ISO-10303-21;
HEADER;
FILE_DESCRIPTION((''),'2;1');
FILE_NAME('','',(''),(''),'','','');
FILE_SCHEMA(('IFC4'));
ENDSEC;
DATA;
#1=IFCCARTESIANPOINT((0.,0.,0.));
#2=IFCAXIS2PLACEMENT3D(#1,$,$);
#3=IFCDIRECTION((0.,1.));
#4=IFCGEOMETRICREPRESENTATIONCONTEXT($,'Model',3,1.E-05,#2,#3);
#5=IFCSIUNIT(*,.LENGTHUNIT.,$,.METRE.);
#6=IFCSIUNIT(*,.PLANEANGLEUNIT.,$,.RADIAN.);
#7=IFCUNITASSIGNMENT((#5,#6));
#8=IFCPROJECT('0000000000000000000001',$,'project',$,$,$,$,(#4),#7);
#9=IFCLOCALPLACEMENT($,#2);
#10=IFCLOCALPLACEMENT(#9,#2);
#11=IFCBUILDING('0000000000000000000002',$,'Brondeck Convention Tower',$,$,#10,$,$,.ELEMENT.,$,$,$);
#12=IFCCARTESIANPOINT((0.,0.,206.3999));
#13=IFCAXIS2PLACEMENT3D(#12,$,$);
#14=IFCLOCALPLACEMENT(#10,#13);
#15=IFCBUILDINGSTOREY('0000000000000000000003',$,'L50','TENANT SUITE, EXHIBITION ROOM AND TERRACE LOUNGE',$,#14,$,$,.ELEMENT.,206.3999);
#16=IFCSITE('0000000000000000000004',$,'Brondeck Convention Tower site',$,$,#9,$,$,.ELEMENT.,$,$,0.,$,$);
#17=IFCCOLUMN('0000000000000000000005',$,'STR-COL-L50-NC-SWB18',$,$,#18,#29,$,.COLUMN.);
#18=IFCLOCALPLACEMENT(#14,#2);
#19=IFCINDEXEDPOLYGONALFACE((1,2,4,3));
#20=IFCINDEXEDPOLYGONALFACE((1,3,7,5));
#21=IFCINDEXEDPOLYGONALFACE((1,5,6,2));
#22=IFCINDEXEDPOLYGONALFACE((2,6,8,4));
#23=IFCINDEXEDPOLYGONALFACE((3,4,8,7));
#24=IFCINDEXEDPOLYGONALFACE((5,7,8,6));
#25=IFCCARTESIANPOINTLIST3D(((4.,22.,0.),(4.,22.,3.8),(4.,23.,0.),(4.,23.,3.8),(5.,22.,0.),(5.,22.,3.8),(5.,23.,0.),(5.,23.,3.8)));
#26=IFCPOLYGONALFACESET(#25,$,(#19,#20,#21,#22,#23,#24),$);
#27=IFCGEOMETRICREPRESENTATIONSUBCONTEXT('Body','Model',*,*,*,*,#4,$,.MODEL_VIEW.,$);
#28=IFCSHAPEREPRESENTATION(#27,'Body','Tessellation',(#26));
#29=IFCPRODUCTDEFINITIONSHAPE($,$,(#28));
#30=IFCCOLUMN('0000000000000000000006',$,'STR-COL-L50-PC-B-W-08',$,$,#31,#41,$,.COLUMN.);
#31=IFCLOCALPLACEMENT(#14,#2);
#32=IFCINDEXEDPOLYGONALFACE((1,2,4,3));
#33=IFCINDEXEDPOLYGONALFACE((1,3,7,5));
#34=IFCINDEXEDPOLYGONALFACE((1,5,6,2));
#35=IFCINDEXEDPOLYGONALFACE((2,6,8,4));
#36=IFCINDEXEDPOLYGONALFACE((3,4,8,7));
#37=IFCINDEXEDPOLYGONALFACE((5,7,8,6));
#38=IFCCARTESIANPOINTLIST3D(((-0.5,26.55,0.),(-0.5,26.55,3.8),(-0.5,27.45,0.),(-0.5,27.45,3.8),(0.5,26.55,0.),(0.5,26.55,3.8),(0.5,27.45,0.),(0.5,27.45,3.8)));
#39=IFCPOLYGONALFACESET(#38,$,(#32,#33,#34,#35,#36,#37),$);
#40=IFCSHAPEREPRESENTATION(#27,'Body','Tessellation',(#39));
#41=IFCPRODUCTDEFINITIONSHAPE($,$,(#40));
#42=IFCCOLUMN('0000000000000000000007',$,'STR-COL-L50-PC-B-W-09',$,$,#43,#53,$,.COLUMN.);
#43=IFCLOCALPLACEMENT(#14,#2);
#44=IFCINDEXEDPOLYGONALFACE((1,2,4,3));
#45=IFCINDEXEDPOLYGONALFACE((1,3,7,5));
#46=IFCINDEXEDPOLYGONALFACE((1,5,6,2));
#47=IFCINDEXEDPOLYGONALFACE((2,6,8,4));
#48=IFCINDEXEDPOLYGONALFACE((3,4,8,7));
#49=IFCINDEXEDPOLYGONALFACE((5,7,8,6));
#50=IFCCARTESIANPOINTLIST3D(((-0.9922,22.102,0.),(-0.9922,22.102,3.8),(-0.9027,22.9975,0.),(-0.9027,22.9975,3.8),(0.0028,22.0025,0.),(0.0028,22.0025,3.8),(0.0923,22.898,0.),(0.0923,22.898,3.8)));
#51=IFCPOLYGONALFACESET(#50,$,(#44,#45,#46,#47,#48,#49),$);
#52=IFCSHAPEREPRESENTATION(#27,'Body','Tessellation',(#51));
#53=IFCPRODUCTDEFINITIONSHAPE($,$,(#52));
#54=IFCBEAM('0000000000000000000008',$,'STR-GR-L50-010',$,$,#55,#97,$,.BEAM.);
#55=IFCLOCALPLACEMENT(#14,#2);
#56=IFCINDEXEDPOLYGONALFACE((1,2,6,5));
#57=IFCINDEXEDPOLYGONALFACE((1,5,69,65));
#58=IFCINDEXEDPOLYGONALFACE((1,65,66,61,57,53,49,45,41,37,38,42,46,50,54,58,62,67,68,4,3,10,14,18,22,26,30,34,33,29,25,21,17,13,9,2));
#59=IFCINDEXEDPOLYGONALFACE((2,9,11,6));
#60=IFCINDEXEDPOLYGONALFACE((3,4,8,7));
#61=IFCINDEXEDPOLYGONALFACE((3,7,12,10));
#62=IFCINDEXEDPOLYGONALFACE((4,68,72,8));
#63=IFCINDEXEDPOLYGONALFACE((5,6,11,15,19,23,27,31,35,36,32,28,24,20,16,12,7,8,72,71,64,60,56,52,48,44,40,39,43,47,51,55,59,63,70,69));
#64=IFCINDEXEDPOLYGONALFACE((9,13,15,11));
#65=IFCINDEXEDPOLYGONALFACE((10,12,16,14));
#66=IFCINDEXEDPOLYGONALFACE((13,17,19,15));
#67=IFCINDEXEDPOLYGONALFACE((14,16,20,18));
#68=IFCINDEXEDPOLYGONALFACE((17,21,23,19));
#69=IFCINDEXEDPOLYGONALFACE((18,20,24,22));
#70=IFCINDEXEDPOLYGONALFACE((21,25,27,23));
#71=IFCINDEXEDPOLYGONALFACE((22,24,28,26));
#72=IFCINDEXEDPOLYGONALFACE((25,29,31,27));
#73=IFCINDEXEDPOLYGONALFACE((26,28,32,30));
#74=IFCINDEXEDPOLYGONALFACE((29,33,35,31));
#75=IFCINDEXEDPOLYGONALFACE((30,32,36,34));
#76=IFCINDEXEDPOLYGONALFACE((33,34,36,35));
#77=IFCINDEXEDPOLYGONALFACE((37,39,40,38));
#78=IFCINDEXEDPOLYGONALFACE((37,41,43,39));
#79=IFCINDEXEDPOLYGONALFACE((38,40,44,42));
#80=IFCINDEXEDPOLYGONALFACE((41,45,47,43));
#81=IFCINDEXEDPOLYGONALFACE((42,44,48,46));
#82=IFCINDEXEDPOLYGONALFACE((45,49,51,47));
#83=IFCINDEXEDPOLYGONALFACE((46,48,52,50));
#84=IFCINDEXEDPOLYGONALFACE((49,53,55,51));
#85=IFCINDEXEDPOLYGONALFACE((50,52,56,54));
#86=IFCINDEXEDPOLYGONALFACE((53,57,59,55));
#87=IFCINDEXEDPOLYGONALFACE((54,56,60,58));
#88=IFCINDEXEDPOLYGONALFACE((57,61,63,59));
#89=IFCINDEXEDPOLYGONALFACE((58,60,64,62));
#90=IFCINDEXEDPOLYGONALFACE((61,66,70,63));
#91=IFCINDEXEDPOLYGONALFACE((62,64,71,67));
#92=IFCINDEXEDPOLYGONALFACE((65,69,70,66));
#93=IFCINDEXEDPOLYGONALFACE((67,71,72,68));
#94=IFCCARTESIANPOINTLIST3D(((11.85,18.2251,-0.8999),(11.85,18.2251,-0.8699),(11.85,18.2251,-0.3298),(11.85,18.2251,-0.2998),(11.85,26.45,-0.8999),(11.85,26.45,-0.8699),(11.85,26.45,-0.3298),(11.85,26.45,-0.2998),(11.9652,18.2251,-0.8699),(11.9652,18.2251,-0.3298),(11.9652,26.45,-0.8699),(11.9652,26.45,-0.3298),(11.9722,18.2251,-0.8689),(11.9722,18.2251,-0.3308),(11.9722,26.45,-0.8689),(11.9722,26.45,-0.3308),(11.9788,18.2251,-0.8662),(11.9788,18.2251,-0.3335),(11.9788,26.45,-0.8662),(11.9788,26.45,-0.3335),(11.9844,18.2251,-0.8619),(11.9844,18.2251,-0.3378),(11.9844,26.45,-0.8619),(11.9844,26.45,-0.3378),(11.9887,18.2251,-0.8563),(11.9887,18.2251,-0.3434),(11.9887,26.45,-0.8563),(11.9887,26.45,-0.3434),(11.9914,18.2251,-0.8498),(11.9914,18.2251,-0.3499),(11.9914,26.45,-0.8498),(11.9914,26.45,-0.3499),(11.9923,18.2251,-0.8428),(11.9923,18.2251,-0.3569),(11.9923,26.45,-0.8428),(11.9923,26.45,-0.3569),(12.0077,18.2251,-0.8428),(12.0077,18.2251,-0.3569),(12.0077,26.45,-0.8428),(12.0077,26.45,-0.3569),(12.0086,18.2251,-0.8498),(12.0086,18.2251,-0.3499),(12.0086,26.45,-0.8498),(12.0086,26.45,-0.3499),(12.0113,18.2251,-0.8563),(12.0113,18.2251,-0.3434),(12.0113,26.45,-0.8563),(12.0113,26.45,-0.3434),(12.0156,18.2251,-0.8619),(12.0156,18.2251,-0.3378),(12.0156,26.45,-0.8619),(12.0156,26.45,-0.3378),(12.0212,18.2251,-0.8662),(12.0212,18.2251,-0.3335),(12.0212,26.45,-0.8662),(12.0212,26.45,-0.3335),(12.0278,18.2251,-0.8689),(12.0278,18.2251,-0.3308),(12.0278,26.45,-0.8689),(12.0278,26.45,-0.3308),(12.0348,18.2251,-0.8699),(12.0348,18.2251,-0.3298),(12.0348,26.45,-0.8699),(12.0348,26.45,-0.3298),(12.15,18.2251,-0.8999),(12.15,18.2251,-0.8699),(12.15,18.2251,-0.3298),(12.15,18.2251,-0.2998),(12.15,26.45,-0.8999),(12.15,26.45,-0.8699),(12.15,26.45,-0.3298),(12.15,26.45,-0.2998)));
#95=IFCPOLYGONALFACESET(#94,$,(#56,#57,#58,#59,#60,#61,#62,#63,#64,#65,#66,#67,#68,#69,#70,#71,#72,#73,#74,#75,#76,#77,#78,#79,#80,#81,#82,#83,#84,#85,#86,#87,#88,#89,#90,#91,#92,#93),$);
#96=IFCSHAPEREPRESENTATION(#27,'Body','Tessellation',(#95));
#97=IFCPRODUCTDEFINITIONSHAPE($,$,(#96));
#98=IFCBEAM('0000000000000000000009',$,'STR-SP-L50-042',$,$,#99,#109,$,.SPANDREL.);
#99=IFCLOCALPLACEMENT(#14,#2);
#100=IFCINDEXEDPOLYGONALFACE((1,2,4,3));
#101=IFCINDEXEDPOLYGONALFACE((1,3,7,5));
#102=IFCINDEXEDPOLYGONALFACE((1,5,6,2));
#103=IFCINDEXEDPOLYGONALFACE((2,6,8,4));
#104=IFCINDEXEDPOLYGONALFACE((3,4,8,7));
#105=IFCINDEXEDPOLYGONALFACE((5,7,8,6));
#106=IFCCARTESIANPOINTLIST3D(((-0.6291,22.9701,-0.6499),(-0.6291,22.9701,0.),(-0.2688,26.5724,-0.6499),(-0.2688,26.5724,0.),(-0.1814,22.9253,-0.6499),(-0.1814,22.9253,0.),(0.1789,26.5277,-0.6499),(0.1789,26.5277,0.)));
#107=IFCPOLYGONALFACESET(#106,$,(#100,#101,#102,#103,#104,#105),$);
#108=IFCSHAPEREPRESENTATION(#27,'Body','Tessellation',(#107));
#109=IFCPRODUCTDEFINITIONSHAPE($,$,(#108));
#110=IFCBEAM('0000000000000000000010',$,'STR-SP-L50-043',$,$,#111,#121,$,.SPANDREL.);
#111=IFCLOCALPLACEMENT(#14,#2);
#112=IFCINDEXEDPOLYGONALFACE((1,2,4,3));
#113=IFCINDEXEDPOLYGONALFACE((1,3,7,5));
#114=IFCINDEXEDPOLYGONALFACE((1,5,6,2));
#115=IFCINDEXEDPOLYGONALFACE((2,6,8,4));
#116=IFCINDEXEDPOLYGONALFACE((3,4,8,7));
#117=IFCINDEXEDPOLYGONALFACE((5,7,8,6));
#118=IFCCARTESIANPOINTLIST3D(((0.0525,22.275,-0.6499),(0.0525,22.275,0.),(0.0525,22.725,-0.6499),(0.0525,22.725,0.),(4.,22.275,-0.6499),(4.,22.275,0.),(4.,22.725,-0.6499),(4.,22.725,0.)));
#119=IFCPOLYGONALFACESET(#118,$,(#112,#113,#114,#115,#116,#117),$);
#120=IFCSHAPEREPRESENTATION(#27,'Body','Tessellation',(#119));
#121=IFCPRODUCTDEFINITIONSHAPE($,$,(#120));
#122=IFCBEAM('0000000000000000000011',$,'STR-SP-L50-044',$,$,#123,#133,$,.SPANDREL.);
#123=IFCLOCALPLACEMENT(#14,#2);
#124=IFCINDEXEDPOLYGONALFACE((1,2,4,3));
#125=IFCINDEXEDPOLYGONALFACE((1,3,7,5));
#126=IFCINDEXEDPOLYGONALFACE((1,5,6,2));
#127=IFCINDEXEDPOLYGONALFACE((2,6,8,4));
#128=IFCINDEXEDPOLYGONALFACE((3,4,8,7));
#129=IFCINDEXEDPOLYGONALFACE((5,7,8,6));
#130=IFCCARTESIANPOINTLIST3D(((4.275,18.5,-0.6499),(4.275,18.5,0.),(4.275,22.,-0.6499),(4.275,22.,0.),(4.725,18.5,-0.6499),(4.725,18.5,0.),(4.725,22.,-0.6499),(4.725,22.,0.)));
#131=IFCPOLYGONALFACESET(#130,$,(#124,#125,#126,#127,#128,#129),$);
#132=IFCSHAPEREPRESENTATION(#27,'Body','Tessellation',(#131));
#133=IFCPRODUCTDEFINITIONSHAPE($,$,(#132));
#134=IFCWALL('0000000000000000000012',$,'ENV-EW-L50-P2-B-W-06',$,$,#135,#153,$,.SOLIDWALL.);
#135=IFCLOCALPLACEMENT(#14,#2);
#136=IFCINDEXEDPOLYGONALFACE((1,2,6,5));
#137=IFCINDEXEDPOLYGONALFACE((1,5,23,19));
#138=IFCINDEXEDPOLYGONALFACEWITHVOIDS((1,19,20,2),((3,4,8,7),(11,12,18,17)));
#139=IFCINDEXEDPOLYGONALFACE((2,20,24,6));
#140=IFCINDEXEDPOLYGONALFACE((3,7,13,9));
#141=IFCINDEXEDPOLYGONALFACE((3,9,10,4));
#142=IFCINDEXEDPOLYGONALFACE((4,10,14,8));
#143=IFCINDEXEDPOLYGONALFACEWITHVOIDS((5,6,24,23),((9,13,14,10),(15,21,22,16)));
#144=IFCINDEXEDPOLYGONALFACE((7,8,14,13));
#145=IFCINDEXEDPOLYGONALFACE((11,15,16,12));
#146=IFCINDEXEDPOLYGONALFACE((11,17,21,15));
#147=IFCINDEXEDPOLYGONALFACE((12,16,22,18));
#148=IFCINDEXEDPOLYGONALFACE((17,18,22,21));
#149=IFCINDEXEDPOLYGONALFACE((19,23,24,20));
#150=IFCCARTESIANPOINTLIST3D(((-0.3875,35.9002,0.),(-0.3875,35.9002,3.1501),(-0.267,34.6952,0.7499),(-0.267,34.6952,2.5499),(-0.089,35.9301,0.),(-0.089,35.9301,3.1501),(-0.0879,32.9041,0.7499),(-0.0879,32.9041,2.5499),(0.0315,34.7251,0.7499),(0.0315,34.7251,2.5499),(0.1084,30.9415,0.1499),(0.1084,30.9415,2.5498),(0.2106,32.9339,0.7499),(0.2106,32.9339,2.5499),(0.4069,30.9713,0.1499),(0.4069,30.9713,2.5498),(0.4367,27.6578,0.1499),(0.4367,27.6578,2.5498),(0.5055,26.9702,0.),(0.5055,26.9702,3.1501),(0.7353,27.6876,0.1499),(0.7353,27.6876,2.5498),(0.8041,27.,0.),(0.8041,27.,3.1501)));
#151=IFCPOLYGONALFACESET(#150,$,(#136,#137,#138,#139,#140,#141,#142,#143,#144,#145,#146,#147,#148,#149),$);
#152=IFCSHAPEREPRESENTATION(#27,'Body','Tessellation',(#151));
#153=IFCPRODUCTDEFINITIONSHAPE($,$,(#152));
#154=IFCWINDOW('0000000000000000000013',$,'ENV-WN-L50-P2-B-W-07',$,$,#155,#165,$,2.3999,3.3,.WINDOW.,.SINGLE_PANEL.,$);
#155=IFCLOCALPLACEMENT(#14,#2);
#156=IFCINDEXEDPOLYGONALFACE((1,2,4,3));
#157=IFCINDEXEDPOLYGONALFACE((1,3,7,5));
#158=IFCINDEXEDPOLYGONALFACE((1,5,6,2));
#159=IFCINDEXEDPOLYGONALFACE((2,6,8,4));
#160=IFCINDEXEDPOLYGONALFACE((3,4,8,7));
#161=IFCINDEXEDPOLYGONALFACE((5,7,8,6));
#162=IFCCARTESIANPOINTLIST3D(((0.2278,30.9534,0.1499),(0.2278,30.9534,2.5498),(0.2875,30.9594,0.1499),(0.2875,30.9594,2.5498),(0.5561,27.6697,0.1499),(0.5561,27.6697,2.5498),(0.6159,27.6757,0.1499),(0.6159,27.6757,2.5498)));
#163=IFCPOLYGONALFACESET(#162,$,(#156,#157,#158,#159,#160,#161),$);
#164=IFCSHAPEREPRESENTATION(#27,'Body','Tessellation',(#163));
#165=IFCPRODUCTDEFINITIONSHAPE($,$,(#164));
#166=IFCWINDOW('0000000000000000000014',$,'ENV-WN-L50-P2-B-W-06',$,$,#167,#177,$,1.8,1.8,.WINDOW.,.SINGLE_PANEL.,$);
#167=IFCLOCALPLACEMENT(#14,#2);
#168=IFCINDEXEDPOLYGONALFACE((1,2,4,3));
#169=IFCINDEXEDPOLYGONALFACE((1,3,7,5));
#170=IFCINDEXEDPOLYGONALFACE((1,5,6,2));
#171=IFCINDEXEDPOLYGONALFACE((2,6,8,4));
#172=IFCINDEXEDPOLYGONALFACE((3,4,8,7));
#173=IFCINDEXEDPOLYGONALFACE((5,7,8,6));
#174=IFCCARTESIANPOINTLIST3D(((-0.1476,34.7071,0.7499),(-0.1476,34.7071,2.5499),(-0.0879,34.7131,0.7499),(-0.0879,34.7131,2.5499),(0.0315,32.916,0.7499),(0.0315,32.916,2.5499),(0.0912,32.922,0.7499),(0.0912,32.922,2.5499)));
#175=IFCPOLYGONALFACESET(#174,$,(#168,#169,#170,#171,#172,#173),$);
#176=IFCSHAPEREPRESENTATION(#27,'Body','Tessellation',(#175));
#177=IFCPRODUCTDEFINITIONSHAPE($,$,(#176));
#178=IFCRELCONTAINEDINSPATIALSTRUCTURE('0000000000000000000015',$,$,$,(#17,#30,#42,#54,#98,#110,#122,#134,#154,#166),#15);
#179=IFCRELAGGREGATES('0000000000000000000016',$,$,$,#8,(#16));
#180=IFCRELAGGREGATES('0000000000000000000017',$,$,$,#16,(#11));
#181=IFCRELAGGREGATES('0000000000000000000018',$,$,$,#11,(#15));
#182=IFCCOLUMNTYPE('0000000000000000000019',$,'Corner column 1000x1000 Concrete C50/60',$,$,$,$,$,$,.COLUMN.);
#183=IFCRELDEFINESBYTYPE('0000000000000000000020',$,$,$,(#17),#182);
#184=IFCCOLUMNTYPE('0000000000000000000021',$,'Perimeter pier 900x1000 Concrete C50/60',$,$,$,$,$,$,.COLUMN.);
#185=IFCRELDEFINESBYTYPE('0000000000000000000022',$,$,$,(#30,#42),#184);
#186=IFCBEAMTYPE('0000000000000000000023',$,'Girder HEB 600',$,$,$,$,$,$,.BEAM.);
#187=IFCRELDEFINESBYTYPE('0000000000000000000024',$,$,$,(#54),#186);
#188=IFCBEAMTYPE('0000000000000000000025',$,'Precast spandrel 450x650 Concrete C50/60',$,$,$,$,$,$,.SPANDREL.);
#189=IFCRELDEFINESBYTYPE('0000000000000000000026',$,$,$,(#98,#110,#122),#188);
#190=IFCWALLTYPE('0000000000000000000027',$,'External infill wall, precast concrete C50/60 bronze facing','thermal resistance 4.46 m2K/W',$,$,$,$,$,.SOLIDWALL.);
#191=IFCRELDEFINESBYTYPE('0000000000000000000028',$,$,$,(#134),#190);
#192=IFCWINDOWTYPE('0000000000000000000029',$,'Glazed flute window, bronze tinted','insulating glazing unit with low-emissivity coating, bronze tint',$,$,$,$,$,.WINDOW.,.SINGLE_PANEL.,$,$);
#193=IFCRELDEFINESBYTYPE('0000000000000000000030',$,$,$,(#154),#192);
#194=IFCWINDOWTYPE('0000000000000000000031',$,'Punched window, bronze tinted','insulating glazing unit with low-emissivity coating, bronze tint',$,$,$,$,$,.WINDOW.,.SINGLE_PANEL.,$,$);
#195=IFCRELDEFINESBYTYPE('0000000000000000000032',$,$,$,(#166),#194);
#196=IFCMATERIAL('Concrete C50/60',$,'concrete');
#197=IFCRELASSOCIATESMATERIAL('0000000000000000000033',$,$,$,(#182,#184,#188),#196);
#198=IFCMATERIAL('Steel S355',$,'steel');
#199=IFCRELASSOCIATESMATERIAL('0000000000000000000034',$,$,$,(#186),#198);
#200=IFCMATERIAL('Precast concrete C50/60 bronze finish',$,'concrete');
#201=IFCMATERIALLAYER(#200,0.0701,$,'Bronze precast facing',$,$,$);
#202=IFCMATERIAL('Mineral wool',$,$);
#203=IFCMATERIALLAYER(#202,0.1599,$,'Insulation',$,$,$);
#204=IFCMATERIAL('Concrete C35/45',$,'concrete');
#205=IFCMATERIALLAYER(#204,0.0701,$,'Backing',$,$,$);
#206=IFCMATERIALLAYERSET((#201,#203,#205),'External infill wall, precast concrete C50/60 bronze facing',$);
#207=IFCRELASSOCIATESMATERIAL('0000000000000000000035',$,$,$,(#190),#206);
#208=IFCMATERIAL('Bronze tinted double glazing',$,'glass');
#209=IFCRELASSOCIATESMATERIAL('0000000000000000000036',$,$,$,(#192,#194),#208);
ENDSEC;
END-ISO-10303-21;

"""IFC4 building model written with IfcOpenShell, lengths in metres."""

from ifc_helpers import new_model, si_unit, direction, frame, frame_2d, origin, origin_2d, place, context, subcontext, project, spatial, rectangle, i_section, extrude, material, layer, layer_set, material_profile, profile_set, type_object, element, fill, save


model = new_model("IFC4")

# Units and contexts
model_context = context("Model", 3, precision=1e-05, world=origin(), true_north=direction((0.0, 1.0)))
body_context = subcontext(model_context, "Body", "Model", "MODEL_VIEW")
ifc_project = project(units=[si_unit("LENGTHUNIT", "METRE"), si_unit("PLANEANGLEUNIT", "RADIAN")], contexts=[model_context])

# Site, building, storey
site_placement = place(None, origin())
site = spatial("IfcSite", under=ifc_project, at=site_placement, Name="Brondeck Convention Tower site", CompositionType="ELEMENT", RefElevation=0.0)
building_placement = place(site_placement, origin())
building = spatial("IfcBuilding", under=site, at=building_placement, Name="Brondeck Convention Tower", CompositionType="ELEMENT")
storey_placement = place(building_placement, frame((0.0, 0.0, 206.3999)))
storey = spatial("IfcBuildingStorey", under=building, at=storey_placement, Name="L50", Description="TENANT SUITE, EXHIBITION ROOM AND TERRACE LOUNGE", CompositionType="ELEMENT", Elevation=206.3999)

# Columns
ifc_material_1 = material(Name="Concrete C50/60", Category="concrete")
ifc_material_profile_1 = material_profile(ifc_material_1, rectangle(XDim=1.0, YDim=1.0, at=origin_2d()), Name="Corner column 1000x1000 Concrete C50/60")
ifc_profile_set_1 = profile_set([ifc_material_profile_1], Name="Concrete C50/60")
column_type_1 = type_object("IfcColumnType", Name="Corner column 1000x1000 Concrete C50/60", PredefinedType="COLUMN", material=ifc_profile_set_1)
column_placement = place(storey_placement, frame((4.5, 22.5, 0.0), z_axis=(0.0, 0.0, 1.0), x_axis=(1.0, 0.0, 0.0)))
element("IfcColumn", 1, at=column_placement, inside=storey, type_object=column_type_1, Name="STR-COL-L50-NC-SWB18", PredefinedType="COLUMN", context=body_context, shape_type="SweptSolid", body=[
    extrude(rectangle(XDim=1.0, YDim=1.0, at=origin_2d()), origin(), (0.0, 0.0, 1.0), 3.8),
])
ifc_material_profile_2 = material_profile(ifc_material_1, rectangle(XDim=0.8999, YDim=1.0, at=origin_2d()), Name="Perimeter pier 900x1000 Concrete C50/60")
ifc_profile_set_2 = profile_set([ifc_material_profile_2], Name="Concrete C50/60")
column_type_2 = type_object("IfcColumnType", Name="Perimeter pier 900x1000 Concrete C50/60", PredefinedType="COLUMN", material=ifc_profile_set_2)
for number, where, z_axis, x_axis, name in (
    (2, (0.0, 27.0, 0.0), (0.0, 0.0, 1.0), (0.0, -1.0, 0.0), "STR-COL-L50-PC-B-W-08"),
    (3, (-0.45, 22.5, 0.0), (0.0, 0.0, 1.0), (-0.099504, -0.995037, 0.0), "STR-COL-L50-PC-B-W-09"),
):
    element("IfcColumn", number, at=place(storey_placement, frame(where, z_axis=z_axis, x_axis=x_axis)), inside=storey, type_object=column_type_2, Name=name, PredefinedType="COLUMN", context=body_context, shape_type="SweptSolid", body=[
        extrude(rectangle(XDim=0.8999, YDim=1.0, at=origin_2d()), origin(), (0.0, 0.0, 1.0), 3.8),
    ])

# Beams
ifc_material_2 = material(Name="Steel S355", Category="steel")
ifc_material_profile_3 = material_profile(ifc_material_2, i_section(OverallWidth=0.3, OverallDepth=0.6001, WebThickness=0.0154, FlangeThickness=0.03, FilletRadius=0.0271, at=origin_2d()), Name="HEB 600")
ifc_profile_set_3 = profile_set([ifc_material_profile_3], Name="Steel S355")
beam_type_1 = type_object("IfcBeamType", Name="Girder HEB 600", PredefinedType="BEAM", material=ifc_profile_set_3)
beam_1_placement = place(storey_placement, frame((12.0, 26.45, -0.5999), z_axis=(0.0, -1.0, 0.0), x_axis=(1.0, 0.0, 0.0)))
element("IfcBeam", 4, at=beam_1_placement, inside=storey, type_object=beam_type_1, Name="STR-GR-L50-010", PredefinedType="BEAM", context=body_context, shape_type="SweptSolid", body=[
    extrude(i_section(OverallWidth=0.3, OverallDepth=0.6001, WebThickness=0.0154, FlangeThickness=0.03, FilletRadius=0.0271, at=origin_2d()), origin(), (0.0, 0.0, 1.0), 8.2249),
])
ifc_material_profile_4 = material_profile(ifc_material_1, rectangle(XDim=0.45, YDim=0.6499, at=origin_2d()), Name="Precast spandrel 450x650 Concrete C50/60")
ifc_profile_set_4 = profile_set([ifc_material_profile_4], Name="Concrete C50/60")
beam_type_2 = type_object("IfcBeamType", Name="Precast spandrel 450x650 Concrete C50/60", PredefinedType="SPANDREL", material=ifc_profile_set_4)
beam_2_placement = place(storey_placement, frame((-0.0449, 26.55, -0.325), z_axis=(-0.099537, -0.995034, 0.0), x_axis=(0.995034, -0.099537, 0.0)))
element("IfcBeam", 5, at=beam_2_placement, inside=storey, type_object=beam_type_2, Name="STR-SP-L50-042", PredefinedType="SPANDREL", context=body_context, shape_type="SweptSolid", body=[
    extrude(rectangle(XDim=0.45, YDim=0.6499, at=origin_2d()), origin(), (0.0, 0.0, 1.0), 3.6204),
])
beam_3_placement = place(storey_placement, frame((0.0525, 22.5, -0.325), z_axis=(1.0, 0.0, 0.0), x_axis=(0.0, 1.0, 0.0)))
element("IfcBeam", 6, at=beam_3_placement, inside=storey, type_object=beam_type_2, Name="STR-SP-L50-043", PredefinedType="SPANDREL", context=body_context, shape_type="SweptSolid", body=[
    extrude(rectangle(XDim=0.45, YDim=0.6499, at=origin_2d()), origin(), (0.0, 0.0, 1.0), 3.9475),
])
beam_4_placement = place(storey_placement, frame((4.5, 22.0, -0.325), z_axis=(0.0, -1.0, 0.0), x_axis=(1.0, 0.0, 0.0)))
element("IfcBeam", 7, at=beam_4_placement, inside=storey, type_object=beam_type_2, Name="STR-SP-L50-044", PredefinedType="SPANDREL", context=body_context, shape_type="SweptSolid", body=[
    extrude(rectangle(XDim=0.45, YDim=0.6499, at=origin_2d()), origin(), (0.0, 0.0, 1.0), 3.5),
])

# Wall, openings, windows
ifc_material_3 = material(Name="Precast concrete C50/60 bronze finish", Category="concrete")
ifc_layer_1 = layer(ifc_material_3, 0.0701, Name="Bronze precast facing")
ifc_material_4 = material(Name="Mineral wool")
ifc_layer_2 = layer(ifc_material_4, 0.1599, Name="Insulation")
ifc_material_5 = material(Name="Concrete C35/45", Category="concrete")
ifc_layer_3 = layer(ifc_material_5, 0.0701, Name="Backing")
ifc_layer_set_1 = layer_set([ifc_layer_1, ifc_layer_2, ifc_layer_3], Name="External infill wall, precast concrete C50/60 bronze facing")
wall_type_1 = type_object("IfcWallType", Name="External infill wall, precast concrete C50/60 bronze facing", Description="thermal resistance 4.46 m2K/W", PredefinedType="SOLIDWALL", material=ifc_layer_set_1)
wall_1_placement = place(storey_placement, frame((0.6548, 26.9851, 0.0), z_axis=(0.0, 0.0, 1.0), x_axis=(-0.099509, 0.995037, 0.0)))
wall_1 = element("IfcWall", 8, at=wall_1_placement, inside=storey, type_object=wall_type_1, Name="ENV-EW-L50-P2-B-W-06", PredefinedType="SOLIDWALL", context=body_context, shape_type="SweptSolid", body=[
    extrude(rectangle(XDim=8.9746, YDim=0.3, at=frame_2d((4.4873, 0.0))), origin(), (0.0, 0.0, 1.0), 3.1501),
])
opening_1_placement = place(wall_1_placement, frame((0.6912, 0.0, 0.1499)))
opening_1 = element("IfcOpeningElement", 9, at=opening_1_placement, cuts=wall_1, PredefinedType="OPENING", context=body_context, shape_type="SweptSolid", body=[
    extrude(rectangle(XDim=3.3, YDim=2.3999, at=frame_2d((1.6499, 1.2))), frame((0.0, 0.1599, 0.0), z_axis=(0.0, -1.0, 0.0), x_axis=(1.0, 0.0, 0.0)), (0.0, 0.0, 1.0), 0.3201),
])
opening_2_placement = place(wall_1_placement, frame((5.9636, 0.0, 0.75)))
opening_2 = element("IfcOpeningElement", 10, at=opening_2_placement, cuts=wall_1, PredefinedType="OPENING", context=body_context, shape_type="SweptSolid", body=[
    extrude(rectangle(XDim=1.8, YDim=1.8, at=frame_2d((0.8999, 0.8999))), frame((0.0, 0.1599, 0.0), z_axis=(0.0, -1.0, 0.0), x_axis=(1.0, 0.0, 0.0)), (0.0, 0.0, 1.0), 0.3201),
])
ifc_material_6 = material(Name="Bronze tinted double glazing", Category="glass")
window_type_1 = type_object("IfcWindowType", Name="Glazed flute window, bronze tinted", Description="insulating glazing unit with low-emissivity coating, bronze tint", PartitioningType="SINGLE_PANEL", PredefinedType="WINDOW", material=ifc_material_6)
window_1_placement = place(opening_1_placement, origin())
window_1 = element("IfcWindow", 11, at=window_1_placement, inside=storey, type_object=window_type_1, Name="ENV-WN-L50-P2-B-W-07", OverallHeight=2.3999, OverallWidth=3.3, PartitioningType="SINGLE_PANEL", PredefinedType="WINDOW", context=body_context, shape_type="SweptSolid", body=[
    extrude(rectangle(XDim=3.3, YDim=2.3999, at=frame_2d((1.6499, 1.2))), frame((0.0, 0.03, 0.0), z_axis=(0.0, -1.0, 0.0), x_axis=(1.0, 0.0, 0.0)), (0.0, 0.0, 1.0), 0.0601),
])
fill(opening_1, window_1)
window_type_2 = type_object("IfcWindowType", Name="Punched window, bronze tinted", Description="insulating glazing unit with low-emissivity coating, bronze tint", PartitioningType="SINGLE_PANEL", PredefinedType="WINDOW", material=ifc_material_6)
window_2_placement = place(opening_2_placement, origin())
window_2 = element("IfcWindow", 12, at=window_2_placement, inside=storey, type_object=window_type_2, Name="ENV-WN-L50-P2-B-W-06", OverallHeight=1.8, OverallWidth=1.8, PartitioningType="SINGLE_PANEL", PredefinedType="WINDOW", context=body_context, shape_type="SweptSolid", body=[
    extrude(rectangle(XDim=1.8, YDim=1.8, at=frame_2d((0.8999, 0.8999))), frame((0.0, 0.03, 0.0), z_axis=(0.0, -1.0, 0.0), x_axis=(1.0, 0.0, 0.0)), (0.0, 0.0, 1.0), 0.0601),
])
fill(opening_2, window_2)

save(model, "model.ifc")
